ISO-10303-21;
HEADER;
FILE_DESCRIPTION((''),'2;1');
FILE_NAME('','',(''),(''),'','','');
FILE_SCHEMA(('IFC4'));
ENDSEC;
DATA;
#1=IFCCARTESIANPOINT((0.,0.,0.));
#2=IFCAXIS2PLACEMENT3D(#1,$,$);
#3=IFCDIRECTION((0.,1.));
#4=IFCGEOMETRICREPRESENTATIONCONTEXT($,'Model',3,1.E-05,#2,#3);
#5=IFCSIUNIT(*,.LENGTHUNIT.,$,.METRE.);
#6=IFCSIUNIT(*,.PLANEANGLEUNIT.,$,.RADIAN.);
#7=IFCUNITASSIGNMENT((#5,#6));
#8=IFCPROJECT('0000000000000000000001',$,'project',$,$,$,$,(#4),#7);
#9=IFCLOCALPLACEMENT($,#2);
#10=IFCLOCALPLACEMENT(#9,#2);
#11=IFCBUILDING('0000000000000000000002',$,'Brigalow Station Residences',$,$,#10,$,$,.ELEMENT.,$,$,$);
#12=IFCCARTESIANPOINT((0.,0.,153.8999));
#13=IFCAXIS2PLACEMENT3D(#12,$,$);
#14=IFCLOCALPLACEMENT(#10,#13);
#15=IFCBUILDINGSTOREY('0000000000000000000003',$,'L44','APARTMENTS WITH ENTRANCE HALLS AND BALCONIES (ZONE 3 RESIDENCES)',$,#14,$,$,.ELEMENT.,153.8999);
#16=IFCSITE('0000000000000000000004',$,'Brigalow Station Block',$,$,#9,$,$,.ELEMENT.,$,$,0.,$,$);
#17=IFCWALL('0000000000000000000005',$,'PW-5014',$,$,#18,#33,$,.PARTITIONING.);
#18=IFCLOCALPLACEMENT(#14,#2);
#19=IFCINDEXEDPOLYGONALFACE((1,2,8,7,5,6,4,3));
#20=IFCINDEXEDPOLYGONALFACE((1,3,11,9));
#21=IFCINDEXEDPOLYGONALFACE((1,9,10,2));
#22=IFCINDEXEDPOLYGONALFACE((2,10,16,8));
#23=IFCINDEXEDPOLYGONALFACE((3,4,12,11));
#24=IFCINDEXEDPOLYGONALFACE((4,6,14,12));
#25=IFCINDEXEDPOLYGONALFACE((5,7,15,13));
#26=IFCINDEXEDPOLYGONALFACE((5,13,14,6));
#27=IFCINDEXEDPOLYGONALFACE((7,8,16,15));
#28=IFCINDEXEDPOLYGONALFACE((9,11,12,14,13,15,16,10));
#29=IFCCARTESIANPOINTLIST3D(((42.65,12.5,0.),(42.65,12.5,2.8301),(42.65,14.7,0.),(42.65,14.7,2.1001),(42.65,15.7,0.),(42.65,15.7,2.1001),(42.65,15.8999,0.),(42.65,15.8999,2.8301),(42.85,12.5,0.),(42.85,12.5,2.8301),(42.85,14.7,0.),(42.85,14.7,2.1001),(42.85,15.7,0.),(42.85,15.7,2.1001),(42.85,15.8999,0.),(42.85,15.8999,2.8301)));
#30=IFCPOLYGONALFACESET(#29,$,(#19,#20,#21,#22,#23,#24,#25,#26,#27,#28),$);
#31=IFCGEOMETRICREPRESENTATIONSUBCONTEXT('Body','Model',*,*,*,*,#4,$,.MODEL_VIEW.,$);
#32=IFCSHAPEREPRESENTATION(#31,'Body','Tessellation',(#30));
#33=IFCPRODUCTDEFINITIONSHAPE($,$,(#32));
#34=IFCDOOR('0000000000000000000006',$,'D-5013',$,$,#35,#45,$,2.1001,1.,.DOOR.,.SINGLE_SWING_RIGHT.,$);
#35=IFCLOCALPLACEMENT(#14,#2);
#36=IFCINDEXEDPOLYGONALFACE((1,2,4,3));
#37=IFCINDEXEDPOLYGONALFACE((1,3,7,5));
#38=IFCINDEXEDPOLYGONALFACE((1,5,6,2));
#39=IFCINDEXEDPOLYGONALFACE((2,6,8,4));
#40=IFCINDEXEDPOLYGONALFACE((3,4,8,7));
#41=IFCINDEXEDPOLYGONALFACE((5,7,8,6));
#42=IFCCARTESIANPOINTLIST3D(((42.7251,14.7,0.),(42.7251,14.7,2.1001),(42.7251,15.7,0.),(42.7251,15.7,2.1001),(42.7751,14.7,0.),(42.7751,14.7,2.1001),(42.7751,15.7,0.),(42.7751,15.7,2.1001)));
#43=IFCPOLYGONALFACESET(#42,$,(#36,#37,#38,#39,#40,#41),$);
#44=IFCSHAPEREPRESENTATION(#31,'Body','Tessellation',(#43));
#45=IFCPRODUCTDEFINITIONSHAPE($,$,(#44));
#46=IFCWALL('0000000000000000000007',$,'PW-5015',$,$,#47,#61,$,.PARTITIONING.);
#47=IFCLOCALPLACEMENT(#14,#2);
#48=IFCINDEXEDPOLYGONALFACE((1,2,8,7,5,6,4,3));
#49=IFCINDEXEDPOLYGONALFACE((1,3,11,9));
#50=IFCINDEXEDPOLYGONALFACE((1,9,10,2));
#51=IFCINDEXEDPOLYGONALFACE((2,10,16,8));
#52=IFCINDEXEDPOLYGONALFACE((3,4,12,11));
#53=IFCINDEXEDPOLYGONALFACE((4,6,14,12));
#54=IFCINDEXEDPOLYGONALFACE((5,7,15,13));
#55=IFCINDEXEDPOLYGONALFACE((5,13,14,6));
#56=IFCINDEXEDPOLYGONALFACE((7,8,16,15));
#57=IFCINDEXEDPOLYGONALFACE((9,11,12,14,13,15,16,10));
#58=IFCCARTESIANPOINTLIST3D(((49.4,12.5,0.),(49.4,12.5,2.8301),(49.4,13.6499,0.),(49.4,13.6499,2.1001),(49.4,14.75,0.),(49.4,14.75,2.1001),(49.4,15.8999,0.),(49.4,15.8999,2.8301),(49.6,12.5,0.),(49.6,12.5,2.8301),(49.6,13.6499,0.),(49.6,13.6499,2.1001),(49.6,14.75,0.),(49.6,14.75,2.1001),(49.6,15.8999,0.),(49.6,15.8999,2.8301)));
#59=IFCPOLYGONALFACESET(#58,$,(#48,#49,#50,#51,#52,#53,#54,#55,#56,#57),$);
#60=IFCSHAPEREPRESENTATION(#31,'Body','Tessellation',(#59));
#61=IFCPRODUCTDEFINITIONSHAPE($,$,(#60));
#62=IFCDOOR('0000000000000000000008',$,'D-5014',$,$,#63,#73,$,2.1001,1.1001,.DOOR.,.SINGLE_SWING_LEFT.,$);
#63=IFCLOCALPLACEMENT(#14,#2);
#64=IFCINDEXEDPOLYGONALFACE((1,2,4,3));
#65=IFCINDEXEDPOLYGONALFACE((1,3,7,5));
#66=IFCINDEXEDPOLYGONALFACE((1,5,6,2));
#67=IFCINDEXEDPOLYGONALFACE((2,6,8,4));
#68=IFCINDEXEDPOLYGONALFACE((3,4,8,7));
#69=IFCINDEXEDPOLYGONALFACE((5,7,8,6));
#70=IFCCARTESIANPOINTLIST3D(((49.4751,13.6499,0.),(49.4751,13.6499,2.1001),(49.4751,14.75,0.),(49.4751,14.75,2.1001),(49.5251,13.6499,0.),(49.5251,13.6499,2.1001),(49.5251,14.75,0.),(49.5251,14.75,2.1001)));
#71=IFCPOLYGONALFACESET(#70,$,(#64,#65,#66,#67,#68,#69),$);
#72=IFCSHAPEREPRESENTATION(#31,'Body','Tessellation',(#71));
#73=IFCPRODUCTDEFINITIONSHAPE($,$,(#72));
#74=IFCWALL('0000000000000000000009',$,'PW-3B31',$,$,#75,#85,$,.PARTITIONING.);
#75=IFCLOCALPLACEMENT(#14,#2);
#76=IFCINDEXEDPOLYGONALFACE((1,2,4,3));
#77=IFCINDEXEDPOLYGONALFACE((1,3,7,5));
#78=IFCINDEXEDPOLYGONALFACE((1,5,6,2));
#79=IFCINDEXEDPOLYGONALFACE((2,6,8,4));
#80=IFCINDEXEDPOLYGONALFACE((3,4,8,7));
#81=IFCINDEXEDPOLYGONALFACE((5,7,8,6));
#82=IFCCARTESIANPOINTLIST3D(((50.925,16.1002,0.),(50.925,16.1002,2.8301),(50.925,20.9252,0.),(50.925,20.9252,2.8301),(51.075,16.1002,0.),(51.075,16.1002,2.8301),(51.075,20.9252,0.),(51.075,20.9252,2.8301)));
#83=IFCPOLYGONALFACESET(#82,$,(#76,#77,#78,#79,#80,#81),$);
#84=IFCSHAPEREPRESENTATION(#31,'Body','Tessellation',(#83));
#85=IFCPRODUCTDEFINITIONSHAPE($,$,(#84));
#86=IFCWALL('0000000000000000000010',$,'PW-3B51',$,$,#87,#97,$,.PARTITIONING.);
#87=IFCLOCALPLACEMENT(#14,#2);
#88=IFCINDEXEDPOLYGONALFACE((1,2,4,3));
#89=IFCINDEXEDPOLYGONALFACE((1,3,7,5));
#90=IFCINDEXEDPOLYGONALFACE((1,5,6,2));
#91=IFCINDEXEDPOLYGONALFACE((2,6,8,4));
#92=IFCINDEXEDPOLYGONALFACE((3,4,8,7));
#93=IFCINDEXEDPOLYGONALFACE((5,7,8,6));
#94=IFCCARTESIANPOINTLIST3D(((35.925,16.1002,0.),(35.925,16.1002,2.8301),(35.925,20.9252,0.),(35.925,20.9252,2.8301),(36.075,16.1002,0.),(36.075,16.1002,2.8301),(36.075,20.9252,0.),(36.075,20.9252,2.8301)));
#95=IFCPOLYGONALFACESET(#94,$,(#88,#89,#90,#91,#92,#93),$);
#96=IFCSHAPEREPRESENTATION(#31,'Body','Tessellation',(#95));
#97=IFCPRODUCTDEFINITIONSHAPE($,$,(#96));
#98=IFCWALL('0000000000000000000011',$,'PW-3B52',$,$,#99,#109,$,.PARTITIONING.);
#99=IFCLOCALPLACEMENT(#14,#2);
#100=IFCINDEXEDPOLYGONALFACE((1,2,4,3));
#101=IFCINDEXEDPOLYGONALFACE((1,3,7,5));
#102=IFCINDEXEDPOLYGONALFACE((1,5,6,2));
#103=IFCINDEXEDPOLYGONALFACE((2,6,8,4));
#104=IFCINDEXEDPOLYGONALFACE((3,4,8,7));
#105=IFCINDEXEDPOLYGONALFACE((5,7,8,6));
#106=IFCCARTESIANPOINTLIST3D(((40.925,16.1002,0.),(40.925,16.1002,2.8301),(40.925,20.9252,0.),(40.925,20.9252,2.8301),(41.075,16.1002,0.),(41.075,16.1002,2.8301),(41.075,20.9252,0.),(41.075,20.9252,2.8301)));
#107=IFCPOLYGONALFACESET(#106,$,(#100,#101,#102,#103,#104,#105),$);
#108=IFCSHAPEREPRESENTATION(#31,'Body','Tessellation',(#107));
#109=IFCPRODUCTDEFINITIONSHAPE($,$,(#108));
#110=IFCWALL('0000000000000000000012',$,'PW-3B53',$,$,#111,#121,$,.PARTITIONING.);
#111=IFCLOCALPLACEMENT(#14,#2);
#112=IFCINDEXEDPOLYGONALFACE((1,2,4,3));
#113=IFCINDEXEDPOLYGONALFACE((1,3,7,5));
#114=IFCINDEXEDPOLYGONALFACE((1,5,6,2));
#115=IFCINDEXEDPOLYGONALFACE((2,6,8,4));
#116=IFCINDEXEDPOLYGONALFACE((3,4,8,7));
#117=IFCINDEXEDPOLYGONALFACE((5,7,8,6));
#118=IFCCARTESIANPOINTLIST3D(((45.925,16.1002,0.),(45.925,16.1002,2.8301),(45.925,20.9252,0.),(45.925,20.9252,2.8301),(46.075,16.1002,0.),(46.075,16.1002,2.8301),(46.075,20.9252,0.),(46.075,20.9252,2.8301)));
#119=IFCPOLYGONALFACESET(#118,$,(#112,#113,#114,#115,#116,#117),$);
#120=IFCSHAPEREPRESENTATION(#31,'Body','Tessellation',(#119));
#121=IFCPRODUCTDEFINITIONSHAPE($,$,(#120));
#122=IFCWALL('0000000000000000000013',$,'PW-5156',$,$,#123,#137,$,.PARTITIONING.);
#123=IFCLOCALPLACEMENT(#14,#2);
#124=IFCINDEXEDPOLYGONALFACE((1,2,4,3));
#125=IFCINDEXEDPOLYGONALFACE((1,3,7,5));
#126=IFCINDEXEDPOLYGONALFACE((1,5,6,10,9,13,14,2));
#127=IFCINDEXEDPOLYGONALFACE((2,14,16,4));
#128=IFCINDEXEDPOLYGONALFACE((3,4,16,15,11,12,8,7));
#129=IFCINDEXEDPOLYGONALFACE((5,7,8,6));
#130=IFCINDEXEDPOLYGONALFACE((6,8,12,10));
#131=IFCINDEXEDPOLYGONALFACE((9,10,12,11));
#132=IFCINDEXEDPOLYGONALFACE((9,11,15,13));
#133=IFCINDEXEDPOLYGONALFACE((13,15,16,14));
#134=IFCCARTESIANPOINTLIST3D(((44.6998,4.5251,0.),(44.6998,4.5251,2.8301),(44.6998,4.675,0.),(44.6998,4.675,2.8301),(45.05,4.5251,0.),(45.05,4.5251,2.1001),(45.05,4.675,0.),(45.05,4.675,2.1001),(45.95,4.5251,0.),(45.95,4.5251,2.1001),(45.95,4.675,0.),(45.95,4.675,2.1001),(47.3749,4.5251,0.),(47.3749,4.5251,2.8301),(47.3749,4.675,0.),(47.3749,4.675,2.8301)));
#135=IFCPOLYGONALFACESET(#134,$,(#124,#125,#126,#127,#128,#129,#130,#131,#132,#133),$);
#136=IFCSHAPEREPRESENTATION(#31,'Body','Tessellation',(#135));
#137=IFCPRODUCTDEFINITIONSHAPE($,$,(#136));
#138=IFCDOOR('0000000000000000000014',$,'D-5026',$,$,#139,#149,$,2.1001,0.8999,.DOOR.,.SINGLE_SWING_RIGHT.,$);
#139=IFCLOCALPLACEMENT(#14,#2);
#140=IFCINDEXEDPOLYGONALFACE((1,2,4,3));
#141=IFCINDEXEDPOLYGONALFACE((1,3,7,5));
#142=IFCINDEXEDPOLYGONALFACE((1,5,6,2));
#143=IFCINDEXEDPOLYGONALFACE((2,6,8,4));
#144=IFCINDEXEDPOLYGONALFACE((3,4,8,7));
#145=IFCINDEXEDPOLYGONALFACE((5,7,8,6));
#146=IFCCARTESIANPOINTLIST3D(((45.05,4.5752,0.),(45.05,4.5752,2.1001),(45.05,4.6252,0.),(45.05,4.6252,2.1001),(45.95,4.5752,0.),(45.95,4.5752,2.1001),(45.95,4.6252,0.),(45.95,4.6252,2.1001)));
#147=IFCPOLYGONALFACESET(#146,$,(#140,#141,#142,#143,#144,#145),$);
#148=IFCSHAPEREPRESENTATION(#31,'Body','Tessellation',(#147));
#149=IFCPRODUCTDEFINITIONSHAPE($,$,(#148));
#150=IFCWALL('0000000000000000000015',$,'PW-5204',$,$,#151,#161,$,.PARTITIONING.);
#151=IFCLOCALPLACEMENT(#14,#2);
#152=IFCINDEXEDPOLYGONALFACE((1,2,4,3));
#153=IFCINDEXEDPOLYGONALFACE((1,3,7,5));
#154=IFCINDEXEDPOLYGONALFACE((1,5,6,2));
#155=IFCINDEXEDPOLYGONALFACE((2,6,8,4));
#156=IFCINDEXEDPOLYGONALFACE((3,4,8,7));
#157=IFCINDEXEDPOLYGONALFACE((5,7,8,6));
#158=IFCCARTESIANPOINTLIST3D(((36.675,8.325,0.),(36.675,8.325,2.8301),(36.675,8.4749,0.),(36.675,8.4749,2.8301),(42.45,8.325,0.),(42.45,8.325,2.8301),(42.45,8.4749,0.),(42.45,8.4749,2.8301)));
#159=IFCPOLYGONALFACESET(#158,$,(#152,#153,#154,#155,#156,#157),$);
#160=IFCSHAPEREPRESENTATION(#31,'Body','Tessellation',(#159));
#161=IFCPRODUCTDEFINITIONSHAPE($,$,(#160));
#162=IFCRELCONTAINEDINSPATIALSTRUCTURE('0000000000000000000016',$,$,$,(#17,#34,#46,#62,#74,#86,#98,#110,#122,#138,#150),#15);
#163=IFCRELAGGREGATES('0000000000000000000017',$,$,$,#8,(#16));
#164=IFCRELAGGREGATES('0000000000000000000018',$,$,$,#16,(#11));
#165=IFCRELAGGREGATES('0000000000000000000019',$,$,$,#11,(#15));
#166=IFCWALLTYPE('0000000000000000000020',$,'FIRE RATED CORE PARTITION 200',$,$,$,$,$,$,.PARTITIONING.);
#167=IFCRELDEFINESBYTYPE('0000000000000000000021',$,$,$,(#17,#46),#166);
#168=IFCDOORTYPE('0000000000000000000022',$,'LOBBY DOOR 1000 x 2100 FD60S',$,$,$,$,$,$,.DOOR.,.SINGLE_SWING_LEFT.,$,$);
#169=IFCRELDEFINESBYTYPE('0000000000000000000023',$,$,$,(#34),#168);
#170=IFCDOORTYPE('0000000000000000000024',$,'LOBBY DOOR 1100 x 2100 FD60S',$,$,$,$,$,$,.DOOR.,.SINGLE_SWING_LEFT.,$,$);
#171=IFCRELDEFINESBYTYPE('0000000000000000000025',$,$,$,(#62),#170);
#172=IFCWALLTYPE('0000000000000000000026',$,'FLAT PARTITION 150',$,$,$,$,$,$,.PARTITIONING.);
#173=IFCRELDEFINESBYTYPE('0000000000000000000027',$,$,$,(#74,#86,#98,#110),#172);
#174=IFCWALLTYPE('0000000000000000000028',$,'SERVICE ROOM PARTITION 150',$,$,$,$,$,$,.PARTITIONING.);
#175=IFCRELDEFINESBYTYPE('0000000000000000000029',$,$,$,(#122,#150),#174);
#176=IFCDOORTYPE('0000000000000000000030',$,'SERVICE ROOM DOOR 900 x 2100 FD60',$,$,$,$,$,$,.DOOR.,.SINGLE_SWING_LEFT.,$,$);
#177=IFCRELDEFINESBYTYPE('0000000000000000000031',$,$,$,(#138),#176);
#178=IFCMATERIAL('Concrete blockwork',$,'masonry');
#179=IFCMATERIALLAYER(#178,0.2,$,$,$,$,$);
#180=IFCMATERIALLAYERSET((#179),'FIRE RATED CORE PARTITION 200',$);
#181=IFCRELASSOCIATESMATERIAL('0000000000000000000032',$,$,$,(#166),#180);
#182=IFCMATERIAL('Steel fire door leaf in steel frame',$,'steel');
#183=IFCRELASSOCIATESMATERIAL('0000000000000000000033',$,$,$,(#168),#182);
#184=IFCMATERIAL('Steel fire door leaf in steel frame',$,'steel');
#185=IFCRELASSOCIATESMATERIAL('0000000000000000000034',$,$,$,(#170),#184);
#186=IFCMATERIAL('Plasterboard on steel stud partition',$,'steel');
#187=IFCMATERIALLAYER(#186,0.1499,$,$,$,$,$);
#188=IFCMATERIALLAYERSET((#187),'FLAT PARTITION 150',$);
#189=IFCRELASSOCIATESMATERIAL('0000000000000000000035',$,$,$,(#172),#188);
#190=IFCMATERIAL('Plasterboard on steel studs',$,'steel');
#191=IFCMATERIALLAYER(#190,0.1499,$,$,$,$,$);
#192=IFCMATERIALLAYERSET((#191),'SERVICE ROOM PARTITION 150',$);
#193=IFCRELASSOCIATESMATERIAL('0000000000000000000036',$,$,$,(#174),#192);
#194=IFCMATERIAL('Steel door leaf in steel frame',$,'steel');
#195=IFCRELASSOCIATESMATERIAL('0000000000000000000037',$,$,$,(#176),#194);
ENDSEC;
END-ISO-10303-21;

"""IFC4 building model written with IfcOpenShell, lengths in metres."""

from ifc_helpers import new_model, si_unit, direction, frame, frame_2d, origin, place, context, subcontext, project, spatial, rectangle, extrude, material, layer, layer_set, type_object, element, fill, save


model = new_model("IFC4")

# Units and contexts
model_context = context("Model", 3, precision=1e-05, world=origin(), true_north=direction((0.0, 1.0)))
body_context = subcontext(model_context, "Body", "Model", "MODEL_VIEW")
ifc_project = project(units=[si_unit("LENGTHUNIT", "METRE"), si_unit("PLANEANGLEUNIT", "RADIAN")], contexts=[model_context])

# Site, building, storey
site_placement = place(None, origin())
site = spatial("IfcSite", under=ifc_project, at=site_placement, Name="Brigalow Station Block", CompositionType="ELEMENT", RefElevation=0.0)
building_placement = place(site_placement, origin())
building = spatial("IfcBuilding", under=site, at=building_placement, Name="Brigalow Station Residences", CompositionType="ELEMENT")
storey_placement = place(building_placement, frame((0.0, 0.0, 153.8999)))
storey = spatial("IfcBuildingStorey", under=building, at=storey_placement, Name="L44", Description="APARTMENTS WITH ENTRANCE HALLS AND BALCONIES (ZONE 3 RESIDENCES)", CompositionType="ELEMENT", Elevation=153.8999)

# Shared definitions
ifc_material_1 = material(Name="Concrete blockwork", Category="masonry")
ifc_layer_1 = layer(ifc_material_1, 0.2)
ifc_layer_set_1 = layer_set([ifc_layer_1], Name="FIRE RATED CORE PARTITION 200")
wall_type_1 = type_object("IfcWallType", Name="FIRE RATED CORE PARTITION 200", PredefinedType="PARTITIONING", material=ifc_layer_set_1)

# Walls, openings, doors
wall_1_placement = place(storey_placement, frame((42.75, 12.5, 0.0), z_axis=(0.0, 0.0, 1.0), x_axis=(0.0, 1.0, 0.0)))
wall_1 = element("IfcWall", 1, at=wall_1_placement, inside=storey, type_object=wall_type_1, Name="PW-5014", PredefinedType="PARTITIONING", context=body_context, shape_type="SweptSolid", body=[
    extrude(rectangle(XDim=3.3999, YDim=0.2, at=frame_2d((1.7, 0.0))), origin(), (0.0, 0.0, 1.0), 2.8301),
])
opening_1_placement = place(wall_1_placement, frame((2.2, 0.0, 0.0)))
opening_1 = element("IfcOpeningElement", 2, at=opening_1_placement, cuts=wall_1, PredefinedType="OPENING", context=body_context, shape_type="SweptSolid", body=[
    extrude(rectangle(XDim=1.0, YDim=2.1001, at=frame_2d((0.5, 1.05))), frame((0.0, 0.1099, 0.0), z_axis=(0.0, -1.0, 0.0), x_axis=(1.0, 0.0, 0.0)), (0.0, 0.0, 1.0), 0.22),
])
ifc_material_2 = material(Name="Steel fire door leaf in steel frame", Category="steel")
door_type_1 = type_object("IfcDoorType", Name="LOBBY DOOR 1000 x 2100 FD60S", OperationType="SINGLE_SWING_LEFT", PredefinedType="DOOR", material=ifc_material_2)
door_1_placement = place(opening_1_placement, origin())
door_1 = element("IfcDoor", 3, at=door_1_placement, inside=storey, type_object=door_type_1, Name="D-5013", OperationType="SINGLE_SWING_RIGHT", OverallHeight=2.1001, OverallWidth=1.0, PredefinedType="DOOR", context=body_context, shape_type="SweptSolid", body=[
    extrude(rectangle(XDim=1.0, YDim=2.1001, at=frame_2d((0.5, 1.05))), frame((0.0, 0.0249, 0.0), z_axis=(0.0, -1.0, 0.0), x_axis=(1.0, 0.0, 0.0)), (0.0, 0.0, 1.0), 0.05),
])
fill(opening_1, door_1)
wall_2_placement = place(storey_placement, frame((49.5, 12.5, 0.0), z_axis=(0.0, 0.0, 1.0), x_axis=(0.0, 1.0, 0.0)))
wall_2 = element("IfcWall", 4, at=wall_2_placement, inside=storey, type_object=wall_type_1, Name="PW-5015", PredefinedType="PARTITIONING", context=body_context, shape_type="SweptSolid", body=[
    extrude(rectangle(XDim=3.3999, YDim=0.2, at=frame_2d((1.7, 0.0))), origin(), (0.0, 0.0, 1.0), 2.8301),
])
opening_2_placement = place(wall_2_placement, frame((1.1499, 0.0, 0.0)))
opening_2 = element("IfcOpeningElement", 5, at=opening_2_placement, cuts=wall_2, PredefinedType="OPENING", context=body_context, shape_type="SweptSolid", body=[
    extrude(rectangle(XDim=1.1001, YDim=2.1001, at=frame_2d((0.55, 1.05))), frame((0.0, 0.1099, 0.0), z_axis=(0.0, -1.0, 0.0), x_axis=(1.0, 0.0, 0.0)), (0.0, 0.0, 1.0), 0.22),
])
ifc_material_3 = material(Name="Steel fire door leaf in steel frame", Category="steel")
door_type_2 = type_object("IfcDoorType", Name="LOBBY DOOR 1100 x 2100 FD60S", OperationType="SINGLE_SWING_LEFT", PredefinedType="DOOR", material=ifc_material_3)
door_2_placement = place(opening_2_placement, origin())
door_2 = element("IfcDoor", 6, at=door_2_placement, inside=storey, type_object=door_type_2, Name="D-5014", OperationType="SINGLE_SWING_LEFT", OverallHeight=2.1001, OverallWidth=1.1001, PredefinedType="DOOR", context=body_context, shape_type="SweptSolid", body=[
    extrude(rectangle(XDim=1.1001, YDim=2.1001, at=frame_2d((0.55, 1.05))), frame((0.0, 0.0249, 0.0), z_axis=(0.0, -1.0, 0.0), x_axis=(1.0, 0.0, 0.0)), (0.0, 0.0, 1.0), 0.05),
])
fill(opening_2, door_2)

# Walls
ifc_material_4 = material(Name="Plasterboard on steel stud partition", Category="steel")
ifc_layer_2 = layer(ifc_material_4, 0.1499)
ifc_layer_set_2 = layer_set([ifc_layer_2], Name="FLAT PARTITION 150")
wall_type_2 = type_object("IfcWallType", Name="FLAT PARTITION 150", PredefinedType="PARTITIONING", material=ifc_layer_set_2)
for number, where, z_axis, x_axis, name in (
    (7, (51.0, 16.1001, 0.0), (0.0, 0.0, 1.0), (0.0, 1.0, 0.0), "PW-3B31"),
    (8, (36.0, 16.1001, 0.0), (0.0, 0.0, 1.0), (0.0, 1.0, 0.0), "PW-3B51"),
    (9, (41.0, 16.1001, 0.0), (0.0, 0.0, 1.0), (0.0, 1.0, 0.0), "PW-3B52"),
    (10, (46.0, 16.1001, 0.0), (0.0, 0.0, 1.0), (0.0, 1.0, 0.0), "PW-3B53"),
):
    element("IfcWall", number, at=place(storey_placement, frame(where, z_axis=z_axis, x_axis=x_axis)), inside=storey, type_object=wall_type_2, Name=name, PredefinedType="PARTITIONING", context=body_context, shape_type="SweptSolid", body=[
        extrude(rectangle(XDim=4.825, YDim=0.1499, at=frame_2d((2.4126, 0.0))), origin(), (0.0, 0.0, 1.0), 2.8301),
    ])

# Wall, opening, door
ifc_material_5 = material(Name="Plasterboard on steel studs", Category="steel")
ifc_layer_3 = layer(ifc_material_5, 0.1499)
ifc_layer_set_3 = layer_set([ifc_layer_3], Name="SERVICE ROOM PARTITION 150")
wall_type_3 = type_object("IfcWallType", Name="SERVICE ROOM PARTITION 150", PredefinedType="PARTITIONING", material=ifc_layer_set_3)
wall_3_placement = place(storey_placement, frame((44.7, 4.6001, 0.0), z_axis=(0.0, 0.0, 1.0), x_axis=(1.0, 0.0, 0.0)))
wall_3 = element("IfcWall", 11, at=wall_3_placement, inside=storey, type_object=wall_type_3, Name="PW-5156", PredefinedType="PARTITIONING", context=body_context, shape_type="SweptSolid", body=[
    extrude(rectangle(XDim=2.675, YDim=0.1499, at=frame_2d((1.3374, 0.0))), origin(), (0.0, 0.0, 1.0), 2.8301),
])
opening_3_placement = place(wall_3_placement, frame((0.3501, 0.0, 0.0)))
opening_3 = element("IfcOpeningElement", 12, at=opening_3_placement, cuts=wall_3, PredefinedType="OPENING", context=body_context, shape_type="SweptSolid", body=[
    extrude(rectangle(XDim=0.8999, YDim=2.1001, at=frame_2d((0.45, 1.05))), frame((0.0, 0.085, 0.0), z_axis=(0.0, -1.0, 0.0), x_axis=(1.0, 0.0, 0.0)), (0.0, 0.0, 1.0), 0.1699),
])
ifc_material_6 = material(Name="Steel door leaf in steel frame", Category="steel")
door_type_3 = type_object("IfcDoorType", Name="SERVICE ROOM DOOR 900 x 2100 FD60", OperationType="SINGLE_SWING_LEFT", PredefinedType="DOOR", material=ifc_material_6)
door_3_placement = place(opening_3_placement, frame((0.8999, 0.0, 0.0), z_axis=(0.0, 0.0, 1.0), x_axis=(-1.0, 0.0, 0.0)))
door_3 = element("IfcDoor", 13, at=door_3_placement, inside=storey, type_object=door_type_3, Name="D-5026", OperationType="SINGLE_SWING_RIGHT", OverallHeight=2.1001, OverallWidth=0.8999, PredefinedType="DOOR", context=body_context, shape_type="SweptSolid", body=[
    extrude(rectangle(XDim=0.8999, YDim=2.1001, at=frame_2d((0.45, 1.05))), frame((0.0, 0.0249, 0.0), z_axis=(0.0, -1.0, 0.0), x_axis=(1.0, 0.0, 0.0)), (0.0, 0.0, 1.0), 0.05),
])
fill(opening_3, door_3)

# Wall
wall_4_placement = place(storey_placement, frame((36.675, 8.3999, 0.0), z_axis=(0.0, 0.0, 1.0), x_axis=(1.0, 0.0, 0.0)))
element("IfcWall", 14, at=wall_4_placement, inside=storey, type_object=wall_type_3, Name="PW-5204", PredefinedType="PARTITIONING", context=body_context, shape_type="SweptSolid", body=[
    extrude(rectangle(XDim=5.7749, YDim=0.1499, at=frame_2d((2.8875, 0.0))), origin(), (0.0, 0.0, 1.0), 2.8301),
])

save(model, "model.ifc")
